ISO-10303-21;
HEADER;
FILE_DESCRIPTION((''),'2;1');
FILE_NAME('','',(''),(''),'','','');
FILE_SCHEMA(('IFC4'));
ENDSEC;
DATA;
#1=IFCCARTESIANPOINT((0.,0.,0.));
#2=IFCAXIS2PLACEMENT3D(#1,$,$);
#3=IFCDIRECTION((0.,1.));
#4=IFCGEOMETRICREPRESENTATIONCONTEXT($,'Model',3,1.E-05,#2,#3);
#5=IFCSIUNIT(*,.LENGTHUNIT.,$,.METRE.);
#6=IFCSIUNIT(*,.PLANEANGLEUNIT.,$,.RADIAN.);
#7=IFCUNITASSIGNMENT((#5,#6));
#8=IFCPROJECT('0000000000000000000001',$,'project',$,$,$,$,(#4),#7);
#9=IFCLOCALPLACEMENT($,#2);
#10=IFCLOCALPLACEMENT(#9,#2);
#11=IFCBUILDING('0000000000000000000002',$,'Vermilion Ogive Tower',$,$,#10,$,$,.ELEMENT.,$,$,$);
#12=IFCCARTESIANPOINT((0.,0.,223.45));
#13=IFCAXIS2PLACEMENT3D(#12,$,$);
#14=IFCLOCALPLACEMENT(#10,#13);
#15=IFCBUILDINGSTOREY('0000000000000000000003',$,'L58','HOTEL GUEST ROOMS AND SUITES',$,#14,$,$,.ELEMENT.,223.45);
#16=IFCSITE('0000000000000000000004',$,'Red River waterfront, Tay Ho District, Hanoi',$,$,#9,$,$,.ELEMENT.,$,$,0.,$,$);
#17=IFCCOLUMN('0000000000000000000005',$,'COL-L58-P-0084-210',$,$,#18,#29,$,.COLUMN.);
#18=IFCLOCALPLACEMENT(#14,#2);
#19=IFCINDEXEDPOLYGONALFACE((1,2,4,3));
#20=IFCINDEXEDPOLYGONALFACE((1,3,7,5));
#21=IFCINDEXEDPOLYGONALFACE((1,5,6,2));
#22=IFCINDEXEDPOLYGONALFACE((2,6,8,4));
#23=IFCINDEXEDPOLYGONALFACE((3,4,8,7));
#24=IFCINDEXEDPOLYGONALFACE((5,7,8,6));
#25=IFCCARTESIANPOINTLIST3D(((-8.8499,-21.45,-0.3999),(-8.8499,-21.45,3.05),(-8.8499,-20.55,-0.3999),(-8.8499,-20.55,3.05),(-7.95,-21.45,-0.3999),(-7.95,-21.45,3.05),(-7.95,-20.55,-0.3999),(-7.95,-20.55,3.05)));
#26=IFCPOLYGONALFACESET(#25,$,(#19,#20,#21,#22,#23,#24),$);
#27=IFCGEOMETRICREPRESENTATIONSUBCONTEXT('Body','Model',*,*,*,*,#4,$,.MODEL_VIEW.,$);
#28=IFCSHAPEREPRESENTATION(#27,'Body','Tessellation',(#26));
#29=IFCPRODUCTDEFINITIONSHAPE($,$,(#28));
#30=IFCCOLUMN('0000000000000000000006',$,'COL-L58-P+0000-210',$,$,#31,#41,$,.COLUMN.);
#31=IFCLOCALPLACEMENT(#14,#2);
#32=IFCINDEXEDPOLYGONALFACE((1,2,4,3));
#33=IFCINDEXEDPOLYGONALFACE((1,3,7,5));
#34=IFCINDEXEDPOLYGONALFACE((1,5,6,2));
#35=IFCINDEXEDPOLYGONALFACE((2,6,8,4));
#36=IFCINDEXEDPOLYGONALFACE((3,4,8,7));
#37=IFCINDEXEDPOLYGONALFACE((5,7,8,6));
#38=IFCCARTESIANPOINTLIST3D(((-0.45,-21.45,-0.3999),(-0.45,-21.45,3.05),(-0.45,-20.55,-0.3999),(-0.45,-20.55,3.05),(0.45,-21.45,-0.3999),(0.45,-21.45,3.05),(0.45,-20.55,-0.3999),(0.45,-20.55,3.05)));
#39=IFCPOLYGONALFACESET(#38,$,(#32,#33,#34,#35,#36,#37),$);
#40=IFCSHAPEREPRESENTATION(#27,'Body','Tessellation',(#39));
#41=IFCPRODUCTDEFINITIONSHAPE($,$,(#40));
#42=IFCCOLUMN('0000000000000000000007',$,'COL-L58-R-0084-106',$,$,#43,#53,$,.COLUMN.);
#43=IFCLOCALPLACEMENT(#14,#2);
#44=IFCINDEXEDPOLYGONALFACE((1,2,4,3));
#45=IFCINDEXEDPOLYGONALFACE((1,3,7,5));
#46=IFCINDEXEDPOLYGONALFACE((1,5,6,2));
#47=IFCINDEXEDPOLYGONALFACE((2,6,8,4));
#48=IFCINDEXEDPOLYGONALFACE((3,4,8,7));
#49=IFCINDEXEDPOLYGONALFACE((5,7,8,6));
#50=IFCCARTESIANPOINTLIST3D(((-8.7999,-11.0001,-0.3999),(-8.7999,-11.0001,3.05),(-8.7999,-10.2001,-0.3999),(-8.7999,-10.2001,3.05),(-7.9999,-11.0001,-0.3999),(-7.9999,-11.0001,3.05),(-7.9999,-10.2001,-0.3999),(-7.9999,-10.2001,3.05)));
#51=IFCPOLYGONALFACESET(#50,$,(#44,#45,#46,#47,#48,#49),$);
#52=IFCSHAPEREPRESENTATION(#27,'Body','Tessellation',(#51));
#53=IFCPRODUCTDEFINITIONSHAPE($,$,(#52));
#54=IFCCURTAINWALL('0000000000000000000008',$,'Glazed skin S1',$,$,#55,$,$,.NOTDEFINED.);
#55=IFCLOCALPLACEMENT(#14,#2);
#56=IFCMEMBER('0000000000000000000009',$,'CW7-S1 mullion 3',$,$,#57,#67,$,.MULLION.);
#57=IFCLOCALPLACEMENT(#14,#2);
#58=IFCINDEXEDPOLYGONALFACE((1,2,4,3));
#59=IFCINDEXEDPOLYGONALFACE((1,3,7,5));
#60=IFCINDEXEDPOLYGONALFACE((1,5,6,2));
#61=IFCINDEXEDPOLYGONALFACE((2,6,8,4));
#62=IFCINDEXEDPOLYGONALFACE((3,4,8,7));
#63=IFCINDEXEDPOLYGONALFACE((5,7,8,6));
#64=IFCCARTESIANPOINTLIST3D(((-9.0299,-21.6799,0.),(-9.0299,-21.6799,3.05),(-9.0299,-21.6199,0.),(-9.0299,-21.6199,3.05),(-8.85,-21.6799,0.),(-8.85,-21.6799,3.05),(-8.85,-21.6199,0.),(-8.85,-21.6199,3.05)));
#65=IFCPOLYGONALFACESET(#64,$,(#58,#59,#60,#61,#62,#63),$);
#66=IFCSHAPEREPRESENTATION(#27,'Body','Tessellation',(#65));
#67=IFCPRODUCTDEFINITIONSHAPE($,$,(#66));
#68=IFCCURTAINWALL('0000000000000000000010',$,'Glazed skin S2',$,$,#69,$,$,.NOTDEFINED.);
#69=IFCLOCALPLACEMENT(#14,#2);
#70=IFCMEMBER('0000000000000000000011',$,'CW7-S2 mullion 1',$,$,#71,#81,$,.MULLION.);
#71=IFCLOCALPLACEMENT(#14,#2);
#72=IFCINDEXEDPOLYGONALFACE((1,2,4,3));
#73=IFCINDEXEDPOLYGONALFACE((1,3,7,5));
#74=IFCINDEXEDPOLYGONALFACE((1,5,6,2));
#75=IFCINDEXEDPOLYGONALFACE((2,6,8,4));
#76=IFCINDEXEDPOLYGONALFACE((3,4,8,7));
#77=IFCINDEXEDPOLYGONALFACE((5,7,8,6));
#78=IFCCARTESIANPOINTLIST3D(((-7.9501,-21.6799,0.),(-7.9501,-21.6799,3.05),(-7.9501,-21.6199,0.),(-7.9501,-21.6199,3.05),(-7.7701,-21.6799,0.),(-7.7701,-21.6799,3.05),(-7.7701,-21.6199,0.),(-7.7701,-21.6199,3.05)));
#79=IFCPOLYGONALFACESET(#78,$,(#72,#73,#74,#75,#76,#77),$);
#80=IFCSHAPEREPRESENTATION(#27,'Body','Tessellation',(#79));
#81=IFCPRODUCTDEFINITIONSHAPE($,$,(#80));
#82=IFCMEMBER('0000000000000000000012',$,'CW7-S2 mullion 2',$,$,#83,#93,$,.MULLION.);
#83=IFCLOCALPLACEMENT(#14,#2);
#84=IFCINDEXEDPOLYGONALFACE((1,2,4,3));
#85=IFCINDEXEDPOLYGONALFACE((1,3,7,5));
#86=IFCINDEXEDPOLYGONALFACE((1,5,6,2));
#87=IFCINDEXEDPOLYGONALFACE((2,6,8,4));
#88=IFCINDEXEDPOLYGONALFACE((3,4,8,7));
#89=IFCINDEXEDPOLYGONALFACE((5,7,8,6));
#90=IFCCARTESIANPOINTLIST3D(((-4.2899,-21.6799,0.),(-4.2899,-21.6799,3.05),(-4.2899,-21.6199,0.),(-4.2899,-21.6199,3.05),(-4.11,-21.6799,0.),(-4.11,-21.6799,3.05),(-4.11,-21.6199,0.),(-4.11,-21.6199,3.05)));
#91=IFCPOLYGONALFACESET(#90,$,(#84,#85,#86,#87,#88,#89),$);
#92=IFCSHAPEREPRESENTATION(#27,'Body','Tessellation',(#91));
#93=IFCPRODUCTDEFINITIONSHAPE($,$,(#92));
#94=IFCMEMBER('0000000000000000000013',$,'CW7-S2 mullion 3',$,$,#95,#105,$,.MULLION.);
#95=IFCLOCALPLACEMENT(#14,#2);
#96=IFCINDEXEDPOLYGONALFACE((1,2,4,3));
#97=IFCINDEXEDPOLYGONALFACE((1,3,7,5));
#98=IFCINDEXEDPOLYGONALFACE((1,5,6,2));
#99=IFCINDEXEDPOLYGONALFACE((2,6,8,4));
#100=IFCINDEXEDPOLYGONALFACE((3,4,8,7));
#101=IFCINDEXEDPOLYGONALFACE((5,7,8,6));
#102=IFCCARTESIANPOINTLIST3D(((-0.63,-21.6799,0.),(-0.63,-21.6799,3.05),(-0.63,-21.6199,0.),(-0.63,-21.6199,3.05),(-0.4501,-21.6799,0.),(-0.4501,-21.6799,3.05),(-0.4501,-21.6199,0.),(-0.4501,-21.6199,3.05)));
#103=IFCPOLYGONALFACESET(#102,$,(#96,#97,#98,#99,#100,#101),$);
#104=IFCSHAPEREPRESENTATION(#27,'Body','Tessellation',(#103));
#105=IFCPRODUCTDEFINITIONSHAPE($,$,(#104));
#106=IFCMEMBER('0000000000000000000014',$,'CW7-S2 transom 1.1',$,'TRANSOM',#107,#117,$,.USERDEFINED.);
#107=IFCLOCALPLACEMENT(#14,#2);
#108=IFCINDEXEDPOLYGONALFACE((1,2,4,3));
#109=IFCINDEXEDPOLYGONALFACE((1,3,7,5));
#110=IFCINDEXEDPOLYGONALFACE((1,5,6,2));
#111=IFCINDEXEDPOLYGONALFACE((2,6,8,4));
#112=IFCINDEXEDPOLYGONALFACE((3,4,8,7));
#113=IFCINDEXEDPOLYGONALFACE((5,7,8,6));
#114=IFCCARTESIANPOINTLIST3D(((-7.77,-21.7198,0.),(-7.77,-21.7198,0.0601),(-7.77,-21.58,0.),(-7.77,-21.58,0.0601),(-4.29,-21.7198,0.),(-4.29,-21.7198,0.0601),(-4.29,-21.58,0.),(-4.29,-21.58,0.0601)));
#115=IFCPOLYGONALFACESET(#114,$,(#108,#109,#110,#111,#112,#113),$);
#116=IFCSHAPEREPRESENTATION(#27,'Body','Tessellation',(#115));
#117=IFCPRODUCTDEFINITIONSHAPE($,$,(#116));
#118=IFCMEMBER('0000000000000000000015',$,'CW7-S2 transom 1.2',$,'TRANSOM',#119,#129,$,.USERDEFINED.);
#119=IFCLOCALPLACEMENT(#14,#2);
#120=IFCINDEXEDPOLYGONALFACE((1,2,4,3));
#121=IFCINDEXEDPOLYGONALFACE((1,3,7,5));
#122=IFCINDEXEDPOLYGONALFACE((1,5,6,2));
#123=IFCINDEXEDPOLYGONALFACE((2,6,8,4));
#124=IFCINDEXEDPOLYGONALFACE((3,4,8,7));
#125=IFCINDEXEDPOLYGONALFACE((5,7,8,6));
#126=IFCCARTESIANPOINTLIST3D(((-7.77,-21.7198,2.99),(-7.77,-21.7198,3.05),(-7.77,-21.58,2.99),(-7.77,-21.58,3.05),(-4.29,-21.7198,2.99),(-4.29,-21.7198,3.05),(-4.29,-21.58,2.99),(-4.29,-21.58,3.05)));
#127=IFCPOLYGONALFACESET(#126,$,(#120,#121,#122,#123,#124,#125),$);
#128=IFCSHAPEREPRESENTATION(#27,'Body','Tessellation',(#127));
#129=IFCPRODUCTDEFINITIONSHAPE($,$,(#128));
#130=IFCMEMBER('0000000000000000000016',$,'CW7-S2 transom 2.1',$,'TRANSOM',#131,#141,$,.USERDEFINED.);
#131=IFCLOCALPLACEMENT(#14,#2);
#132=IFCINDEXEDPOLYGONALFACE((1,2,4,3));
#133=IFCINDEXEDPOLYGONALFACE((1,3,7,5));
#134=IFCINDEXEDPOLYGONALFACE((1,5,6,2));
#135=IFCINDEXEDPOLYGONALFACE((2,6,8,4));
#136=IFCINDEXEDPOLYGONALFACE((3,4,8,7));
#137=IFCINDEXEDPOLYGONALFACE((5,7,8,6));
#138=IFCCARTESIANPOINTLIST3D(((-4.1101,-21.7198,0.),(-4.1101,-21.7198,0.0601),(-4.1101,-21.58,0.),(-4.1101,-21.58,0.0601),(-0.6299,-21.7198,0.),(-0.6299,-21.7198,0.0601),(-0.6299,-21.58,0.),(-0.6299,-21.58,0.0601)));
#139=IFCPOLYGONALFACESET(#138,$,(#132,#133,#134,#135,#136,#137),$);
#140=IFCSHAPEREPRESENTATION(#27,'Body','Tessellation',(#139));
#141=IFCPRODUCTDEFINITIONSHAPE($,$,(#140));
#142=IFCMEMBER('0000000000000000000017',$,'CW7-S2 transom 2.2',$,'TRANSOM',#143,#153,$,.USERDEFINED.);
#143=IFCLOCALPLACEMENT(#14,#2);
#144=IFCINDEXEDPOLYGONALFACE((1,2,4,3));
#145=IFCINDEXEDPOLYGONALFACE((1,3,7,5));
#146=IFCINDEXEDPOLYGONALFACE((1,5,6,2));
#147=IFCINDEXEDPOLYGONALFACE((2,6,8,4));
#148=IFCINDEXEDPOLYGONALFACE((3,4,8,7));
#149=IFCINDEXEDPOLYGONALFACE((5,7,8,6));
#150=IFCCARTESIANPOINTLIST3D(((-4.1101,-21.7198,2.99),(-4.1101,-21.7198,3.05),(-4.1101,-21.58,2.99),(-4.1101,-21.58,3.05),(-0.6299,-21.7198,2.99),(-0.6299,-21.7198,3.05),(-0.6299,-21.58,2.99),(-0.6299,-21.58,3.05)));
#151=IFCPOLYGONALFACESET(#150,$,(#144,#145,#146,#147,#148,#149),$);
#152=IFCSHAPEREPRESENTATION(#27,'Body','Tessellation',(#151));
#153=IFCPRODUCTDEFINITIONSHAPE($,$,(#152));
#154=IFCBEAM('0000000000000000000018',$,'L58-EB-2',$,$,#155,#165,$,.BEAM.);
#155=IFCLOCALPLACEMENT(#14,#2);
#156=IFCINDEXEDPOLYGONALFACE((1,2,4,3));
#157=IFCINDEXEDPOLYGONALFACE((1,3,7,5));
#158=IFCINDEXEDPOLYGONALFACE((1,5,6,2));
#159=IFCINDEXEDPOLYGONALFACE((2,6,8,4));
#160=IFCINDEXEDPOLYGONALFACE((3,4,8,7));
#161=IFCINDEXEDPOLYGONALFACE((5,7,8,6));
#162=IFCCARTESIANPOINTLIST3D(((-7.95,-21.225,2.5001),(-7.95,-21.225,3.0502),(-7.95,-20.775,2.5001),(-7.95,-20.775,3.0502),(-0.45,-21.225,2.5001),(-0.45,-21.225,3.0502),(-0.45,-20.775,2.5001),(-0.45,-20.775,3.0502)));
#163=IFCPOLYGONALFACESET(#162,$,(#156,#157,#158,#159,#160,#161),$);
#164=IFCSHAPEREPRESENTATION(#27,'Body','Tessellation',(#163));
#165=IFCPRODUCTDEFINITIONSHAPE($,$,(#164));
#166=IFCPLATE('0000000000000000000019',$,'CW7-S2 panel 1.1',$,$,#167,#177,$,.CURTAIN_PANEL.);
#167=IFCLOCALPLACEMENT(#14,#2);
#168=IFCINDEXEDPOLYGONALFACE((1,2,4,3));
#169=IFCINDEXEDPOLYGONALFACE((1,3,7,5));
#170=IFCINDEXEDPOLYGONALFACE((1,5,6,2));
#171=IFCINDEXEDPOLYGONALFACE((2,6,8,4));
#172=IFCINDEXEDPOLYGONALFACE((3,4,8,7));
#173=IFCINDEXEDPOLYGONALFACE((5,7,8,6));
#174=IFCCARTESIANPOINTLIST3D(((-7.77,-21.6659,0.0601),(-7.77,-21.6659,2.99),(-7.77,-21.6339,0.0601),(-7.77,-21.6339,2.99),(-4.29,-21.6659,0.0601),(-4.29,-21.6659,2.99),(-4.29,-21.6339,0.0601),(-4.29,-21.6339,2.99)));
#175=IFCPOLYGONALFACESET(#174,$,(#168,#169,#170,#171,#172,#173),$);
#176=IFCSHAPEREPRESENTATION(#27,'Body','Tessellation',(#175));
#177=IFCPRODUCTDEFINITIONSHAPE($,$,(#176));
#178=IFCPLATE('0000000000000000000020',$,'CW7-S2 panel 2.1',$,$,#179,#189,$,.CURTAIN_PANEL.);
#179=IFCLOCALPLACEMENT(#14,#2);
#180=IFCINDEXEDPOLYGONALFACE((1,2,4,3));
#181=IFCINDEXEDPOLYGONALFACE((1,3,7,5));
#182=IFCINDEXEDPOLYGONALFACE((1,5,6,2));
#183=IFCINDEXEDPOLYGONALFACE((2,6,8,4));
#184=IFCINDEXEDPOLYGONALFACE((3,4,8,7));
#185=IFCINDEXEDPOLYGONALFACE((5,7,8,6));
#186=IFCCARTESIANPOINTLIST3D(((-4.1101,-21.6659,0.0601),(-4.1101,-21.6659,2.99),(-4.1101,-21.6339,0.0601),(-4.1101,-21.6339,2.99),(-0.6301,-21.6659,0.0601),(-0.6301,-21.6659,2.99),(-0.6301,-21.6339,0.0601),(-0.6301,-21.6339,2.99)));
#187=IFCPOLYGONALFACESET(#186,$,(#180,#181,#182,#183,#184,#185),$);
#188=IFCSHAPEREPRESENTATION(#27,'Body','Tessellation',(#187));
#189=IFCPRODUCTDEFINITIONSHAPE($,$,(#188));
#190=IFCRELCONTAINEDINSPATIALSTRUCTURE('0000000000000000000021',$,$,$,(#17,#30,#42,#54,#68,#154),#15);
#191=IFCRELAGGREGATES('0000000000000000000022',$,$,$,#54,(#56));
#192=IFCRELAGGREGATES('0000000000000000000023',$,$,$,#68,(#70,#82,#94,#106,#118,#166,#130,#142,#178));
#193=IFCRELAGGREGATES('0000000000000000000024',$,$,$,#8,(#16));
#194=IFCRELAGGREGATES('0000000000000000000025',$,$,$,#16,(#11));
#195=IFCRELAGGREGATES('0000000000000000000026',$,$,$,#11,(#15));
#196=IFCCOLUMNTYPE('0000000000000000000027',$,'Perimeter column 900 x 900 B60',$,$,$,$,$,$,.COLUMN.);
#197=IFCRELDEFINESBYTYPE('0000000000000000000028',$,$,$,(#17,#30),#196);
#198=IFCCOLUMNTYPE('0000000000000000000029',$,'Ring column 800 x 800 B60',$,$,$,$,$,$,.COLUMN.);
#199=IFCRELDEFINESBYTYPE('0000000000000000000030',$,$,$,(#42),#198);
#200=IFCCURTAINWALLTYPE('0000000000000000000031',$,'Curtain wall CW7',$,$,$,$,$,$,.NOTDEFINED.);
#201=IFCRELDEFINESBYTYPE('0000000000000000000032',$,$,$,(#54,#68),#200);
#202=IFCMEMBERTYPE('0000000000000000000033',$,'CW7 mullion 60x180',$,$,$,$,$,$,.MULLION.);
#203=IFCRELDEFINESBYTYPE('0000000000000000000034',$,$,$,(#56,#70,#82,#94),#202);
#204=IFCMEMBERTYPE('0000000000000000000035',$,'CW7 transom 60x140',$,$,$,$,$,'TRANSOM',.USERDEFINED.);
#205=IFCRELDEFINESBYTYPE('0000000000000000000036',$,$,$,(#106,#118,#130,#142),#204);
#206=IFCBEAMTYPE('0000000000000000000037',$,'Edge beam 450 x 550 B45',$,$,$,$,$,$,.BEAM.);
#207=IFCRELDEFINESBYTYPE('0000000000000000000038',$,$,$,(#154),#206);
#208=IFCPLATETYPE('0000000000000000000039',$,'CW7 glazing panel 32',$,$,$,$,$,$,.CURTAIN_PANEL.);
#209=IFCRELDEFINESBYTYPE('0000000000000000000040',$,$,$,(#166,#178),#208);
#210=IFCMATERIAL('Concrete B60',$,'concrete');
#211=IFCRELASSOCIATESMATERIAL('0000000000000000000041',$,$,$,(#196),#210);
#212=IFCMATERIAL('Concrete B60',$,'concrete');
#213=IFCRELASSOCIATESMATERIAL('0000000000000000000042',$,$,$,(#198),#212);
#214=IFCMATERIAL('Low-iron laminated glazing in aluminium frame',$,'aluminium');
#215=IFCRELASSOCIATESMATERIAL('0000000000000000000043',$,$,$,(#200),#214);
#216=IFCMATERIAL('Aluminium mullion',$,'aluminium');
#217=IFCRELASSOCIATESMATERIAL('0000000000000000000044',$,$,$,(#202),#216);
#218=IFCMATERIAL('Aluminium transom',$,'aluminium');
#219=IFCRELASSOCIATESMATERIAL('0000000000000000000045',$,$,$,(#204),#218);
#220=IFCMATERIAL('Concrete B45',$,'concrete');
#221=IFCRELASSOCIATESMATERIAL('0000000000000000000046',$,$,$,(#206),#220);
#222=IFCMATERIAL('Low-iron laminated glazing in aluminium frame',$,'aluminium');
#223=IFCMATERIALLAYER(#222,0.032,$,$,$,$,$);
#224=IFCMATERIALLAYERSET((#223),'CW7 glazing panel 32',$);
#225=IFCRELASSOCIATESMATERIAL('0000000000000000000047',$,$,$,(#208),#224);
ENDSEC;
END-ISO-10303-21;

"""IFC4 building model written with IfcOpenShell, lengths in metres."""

from ifc_helpers import new_model, si_unit, direction, frame, origin, origin_2d, place, context, subcontext, project, spatial, rectangle, extrude, material, layer, layer_set, material_profile, profile_set, type_object, element, aggregate, save


model = new_model("IFC4")

# Units and contexts
model_context = context("Model", 3, precision=1e-05, world=origin(), true_north=direction((0.0, 1.0)))
body_context = subcontext(model_context, "Body", "Model", "MODEL_VIEW")
ifc_project = project(units=[si_unit("LENGTHUNIT", "METRE"), si_unit("PLANEANGLEUNIT", "RADIAN")], contexts=[model_context])

# Site, building, storey
site_placement = place(None, origin())
site = spatial("IfcSite", under=ifc_project, at=site_placement, Name="Red River waterfront, Tay Ho District, Hanoi", CompositionType="ELEMENT", RefElevation=0.0)
building_placement = place(site_placement, origin())
building = spatial("IfcBuilding", under=site, at=building_placement, Name="Vermilion Ogive Tower", CompositionType="ELEMENT")
storey_placement = place(building_placement, frame((0.0, 0.0, 223.45)))
storey = spatial("IfcBuildingStorey", under=building, at=storey_placement, Name="L58", Description="HOTEL GUEST ROOMS AND SUITES", CompositionType="ELEMENT", Elevation=223.45)

# Columns
ifc_material_1 = material(Name="Concrete B60", Category="concrete")
ifc_material_profile_1 = material_profile(ifc_material_1, rectangle(XDim=0.8999, YDim=0.8999, at=origin_2d()), Name="900 x 900")
ifc_profile_set_1 = profile_set([ifc_material_profile_1], Name="Concrete B60")
column_type_1 = type_object("IfcColumnType", Name="Perimeter column 900 x 900 B60", PredefinedType="COLUMN", material=ifc_profile_set_1)
for number, where, z_axis, x_axis, name in (
    (1, (-8.3999, -21.0, -0.3999), (0.0, 0.0, 1.0), (1.0, 0.0, 0.0), "COL-L58-P-0084-210"),
    (2, (0.0, -21.0, -0.3999), (0.0, 0.0, 1.0), (1.0, 0.0, 0.0), "COL-L58-P+0000-210"),
):
    element("IfcColumn", number, at=place(storey_placement, frame(where, z_axis=z_axis, x_axis=x_axis)), inside=storey, type_object=column_type_1, Name=name, PredefinedType="COLUMN", context=body_context, shape_type="SweptSolid", body=[
        extrude(rectangle(XDim=0.8999, YDim=0.8999, at=origin_2d()), origin(), (0.0, 0.0, 1.0), 3.45),
    ])
ifc_material_2 = material(Name="Concrete B60", Category="concrete")
ifc_material_profile_2 = material_profile(ifc_material_2, rectangle(XDim=0.8, YDim=0.8, at=origin_2d()), Name="800 x 800")
ifc_profile_set_2 = profile_set([ifc_material_profile_2], Name="Concrete B60")
column_type_2 = type_object("IfcColumnType", Name="Ring column 800 x 800 B60", PredefinedType="COLUMN", material=ifc_profile_set_2)
column_placement = place(storey_placement, frame((-8.3999, -10.6001, -0.3999), z_axis=(0.0, 0.0, 1.0), x_axis=(1.0, 0.0, 0.0)))
element("IfcColumn", 3, at=column_placement, inside=storey, type_object=column_type_2, Name="COL-L58-R-0084-106", PredefinedType="COLUMN", context=body_context, shape_type="SweptSolid", body=[
    extrude(rectangle(XDim=0.8, YDim=0.8, at=origin_2d()), origin(), (0.0, 0.0, 1.0), 3.45),
])

# Curtain wall, member
ifc_material_3 = material(Name="Low-iron laminated glazing in aluminium frame", Category="aluminium")
curtain_wall_type = type_object("IfcCurtainWallType", Name="Curtain wall CW7", PredefinedType="NOTDEFINED", material=ifc_material_3)
curtain_wall_1_placement = place(storey_placement, origin())
curtain_wall_1 = element("IfcCurtainWall", 4, at=curtain_wall_1_placement, inside=storey, type_object=curtain_wall_type, Name="Glazed skin S1", PredefinedType="NOTDEFINED")
ifc_material_4 = material(Name="Aluminium mullion", Category="aluminium")
ifc_material_profile_3 = material_profile(ifc_material_4, rectangle(XDim=0.0601, YDim=0.1799, at=origin_2d()), Name="AL 60x180")
ifc_profile_set_3 = profile_set([ifc_material_profile_3], Name="Aluminium mullion")
member_type_1 = type_object("IfcMemberType", Name="CW7 mullion 60x180", PredefinedType="MULLION", material=ifc_profile_set_3)
member_1_placement = place(storey_placement, frame((-8.9399, -21.6499, 0.0), z_axis=(0.0, 0.0, 1.0), x_axis=(0.0, 1.0, 0.0)))
member_1 = element("IfcMember", 5, at=member_1_placement, type_object=member_type_1, Name="CW7-S1 mullion 3", PredefinedType="MULLION", context=body_context, shape_type="SweptSolid", body=[
    extrude(rectangle(XDim=0.0601, YDim=0.1799, at=origin_2d()), origin(), (0.0, 0.0, 1.0), 3.05),
])
aggregate(curtain_wall_1, [member_1])

# Curtain wall, members
curtain_wall_2_placement = place(storey_placement, origin())
curtain_wall_2 = element("IfcCurtainWall", 6, at=curtain_wall_2_placement, inside=storey, type_object=curtain_wall_type, Name="Glazed skin S2", PredefinedType="NOTDEFINED")
member_2_placement = place(storey_placement, frame((-7.8601, -21.6499, 0.0), z_axis=(0.0, 0.0, 1.0), x_axis=(0.0, 1.0, 0.0)))
member_2 = element("IfcMember", 7, at=member_2_placement, type_object=member_type_1, Name="CW7-S2 mullion 1", PredefinedType="MULLION", context=body_context, shape_type="SweptSolid", body=[
    extrude(rectangle(XDim=0.0601, YDim=0.1799, at=origin_2d()), origin(), (0.0, 0.0, 1.0), 3.05),
])
member_3_placement = place(storey_placement, frame((-4.2, -21.6499, 0.0), z_axis=(0.0, 0.0, 1.0), x_axis=(0.0, 1.0, 0.0)))
member_3 = element("IfcMember", 8, at=member_3_placement, type_object=member_type_1, Name="CW7-S2 mullion 2", PredefinedType="MULLION", context=body_context, shape_type="SweptSolid", body=[
    extrude(rectangle(XDim=0.0601, YDim=0.1799, at=origin_2d()), origin(), (0.0, 0.0, 1.0), 3.05),
])
member_4_placement = place(storey_placement, frame((-0.54, -21.6499, 0.0), z_axis=(0.0, 0.0, 1.0), x_axis=(0.0, 1.0, 0.0)))
member_4 = element("IfcMember", 9, at=member_4_placement, type_object=member_type_1, Name="CW7-S2 mullion 3", PredefinedType="MULLION", context=body_context, shape_type="SweptSolid", body=[
    extrude(rectangle(XDim=0.0601, YDim=0.1799, at=origin_2d()), origin(), (0.0, 0.0, 1.0), 3.05),
])
ifc_material_5 = material(Name="Aluminium transom", Category="aluminium")
ifc_material_profile_4 = material_profile(ifc_material_5, rectangle(XDim=0.1399, YDim=0.0601, at=origin_2d()), Name="AL 60x140")
ifc_profile_set_4 = profile_set([ifc_material_profile_4], Name="Aluminium transom")
member_type_2 = type_object("IfcMemberType", Name="CW7 transom 60x140", ElementType="TRANSOM", PredefinedType="USERDEFINED", material=ifc_profile_set_4)
member_5_placement = place(storey_placement, frame((-7.77, -21.6499, 0.03), z_axis=(1.0, 0.0, 0.0), x_axis=(0.0, 1.0, 0.0)))
member_5 = element("IfcMember", 10, at=member_5_placement, type_object=member_type_2, Name="CW7-S2 transom 1.1", ObjectType="TRANSOM", PredefinedType="USERDEFINED", context=body_context, shape_type="SweptSolid", body=[
    extrude(rectangle(XDim=0.1399, YDim=0.0601, at=origin_2d()), origin(), (0.0, 0.0, 1.0), 3.48),
])
member_6_placement = place(storey_placement, frame((-7.77, -21.6499, 3.02), z_axis=(1.0, 0.0, 0.0), x_axis=(0.0, 1.0, 0.0)))
member_6 = element("IfcMember", 11, at=member_6_placement, type_object=member_type_2, Name="CW7-S2 transom 1.2", ObjectType="TRANSOM", PredefinedType="USERDEFINED", context=body_context, shape_type="SweptSolid", body=[
    extrude(rectangle(XDim=0.1399, YDim=0.0601, at=origin_2d()), origin(), (0.0, 0.0, 1.0), 3.48),
])
member_7_placement = place(storey_placement, frame((-4.1101, -21.6499, 0.03), z_axis=(1.0, 0.0, 0.0), x_axis=(0.0, 1.0, 0.0)))
member_7 = element("IfcMember", 12, at=member_7_placement, type_object=member_type_2, Name="CW7-S2 transom 2.1", ObjectType="TRANSOM", PredefinedType="USERDEFINED", context=body_context, shape_type="SweptSolid", body=[
    extrude(rectangle(XDim=0.1399, YDim=0.0601, at=origin_2d()), origin(), (0.0, 0.0, 1.0), 3.4802),
])
member_8_placement = place(storey_placement, frame((-4.1101, -21.6499, 3.02), z_axis=(1.0, 0.0, 0.0), x_axis=(0.0, 1.0, 0.0)))
member_8 = element("IfcMember", 13, at=member_8_placement, type_object=member_type_2, Name="CW7-S2 transom 2.2", ObjectType="TRANSOM", PredefinedType="USERDEFINED", context=body_context, shape_type="SweptSolid", body=[
    extrude(rectangle(XDim=0.1399, YDim=0.0601, at=origin_2d()), origin(), (0.0, 0.0, 1.0), 3.4802),
])

# Beam
ifc_material_6 = material(Name="Concrete B45", Category="concrete")
ifc_material_profile_5 = material_profile(ifc_material_6, rectangle(XDim=0.45, YDim=0.55, at=origin_2d()), Name="450 x 550")
ifc_profile_set_5 = profile_set([ifc_material_profile_5], Name="Concrete B45")
beam_type = type_object("IfcBeamType", Name="Edge beam 450 x 550 B45", PredefinedType="BEAM", material=ifc_profile_set_5)
beam_placement = place(storey_placement, frame((-7.95, -21.0, 2.7751), z_axis=(1.0, 0.0, 0.0), x_axis=(0.0, 1.0, 0.0)))
element("IfcBeam", 14, at=beam_placement, inside=storey, type_object=beam_type, Name="L58-EB-2", PredefinedType="BEAM", context=body_context, shape_type="SweptSolid", body=[
    extrude(rectangle(XDim=0.45, YDim=0.55, at=origin_2d()), origin(), (0.0, 0.0, 1.0), 7.5),
])

# Plates
ifc_material_7 = material(Name="Low-iron laminated glazing in aluminium frame", Category="aluminium")
ifc_layer_1 = layer(ifc_material_7, 0.032)
ifc_layer_set_1 = layer_set([ifc_layer_1], Name="CW7 glazing panel 32")
plate_type = type_object("IfcPlateType", Name="CW7 glazing panel 32", PredefinedType="CURTAIN_PANEL", material=ifc_layer_set_1)
plate_1_placement = place(storey_placement, frame((-6.03, -21.6499, 0.0601), z_axis=(0.0, 0.0, 1.0), x_axis=(1.0, 0.0, 0.0)))
plate_1 = element("IfcPlate", 15, at=plate_1_placement, type_object=plate_type, Name="CW7-S2 panel 1.1", PredefinedType="CURTAIN_PANEL", context=body_context, shape_type="SweptSolid", body=[
    extrude(rectangle(XDim=3.48, YDim=0.032, at=origin_2d()), origin(), (0.0, 0.0, 1.0), 2.9299),
])
plate_2_placement = place(storey_placement, frame((-2.3701, -21.6499, 0.0601), z_axis=(0.0, 0.0, 1.0), x_axis=(1.0, 0.0, 0.0)))
plate_2 = element("IfcPlate", 16, at=plate_2_placement, type_object=plate_type, Name="CW7-S2 panel 2.1", PredefinedType="CURTAIN_PANEL", context=body_context, shape_type="SweptSolid", body=[
    extrude(rectangle(XDim=3.48, YDim=0.032, at=origin_2d()), origin(), (0.0, 0.0, 1.0), 2.9299),
])
aggregate(curtain_wall_2, [member_2, member_3, member_4, member_5, member_6, plate_1, member_7, member_8, plate_2])

save(model, "model.ifc")
